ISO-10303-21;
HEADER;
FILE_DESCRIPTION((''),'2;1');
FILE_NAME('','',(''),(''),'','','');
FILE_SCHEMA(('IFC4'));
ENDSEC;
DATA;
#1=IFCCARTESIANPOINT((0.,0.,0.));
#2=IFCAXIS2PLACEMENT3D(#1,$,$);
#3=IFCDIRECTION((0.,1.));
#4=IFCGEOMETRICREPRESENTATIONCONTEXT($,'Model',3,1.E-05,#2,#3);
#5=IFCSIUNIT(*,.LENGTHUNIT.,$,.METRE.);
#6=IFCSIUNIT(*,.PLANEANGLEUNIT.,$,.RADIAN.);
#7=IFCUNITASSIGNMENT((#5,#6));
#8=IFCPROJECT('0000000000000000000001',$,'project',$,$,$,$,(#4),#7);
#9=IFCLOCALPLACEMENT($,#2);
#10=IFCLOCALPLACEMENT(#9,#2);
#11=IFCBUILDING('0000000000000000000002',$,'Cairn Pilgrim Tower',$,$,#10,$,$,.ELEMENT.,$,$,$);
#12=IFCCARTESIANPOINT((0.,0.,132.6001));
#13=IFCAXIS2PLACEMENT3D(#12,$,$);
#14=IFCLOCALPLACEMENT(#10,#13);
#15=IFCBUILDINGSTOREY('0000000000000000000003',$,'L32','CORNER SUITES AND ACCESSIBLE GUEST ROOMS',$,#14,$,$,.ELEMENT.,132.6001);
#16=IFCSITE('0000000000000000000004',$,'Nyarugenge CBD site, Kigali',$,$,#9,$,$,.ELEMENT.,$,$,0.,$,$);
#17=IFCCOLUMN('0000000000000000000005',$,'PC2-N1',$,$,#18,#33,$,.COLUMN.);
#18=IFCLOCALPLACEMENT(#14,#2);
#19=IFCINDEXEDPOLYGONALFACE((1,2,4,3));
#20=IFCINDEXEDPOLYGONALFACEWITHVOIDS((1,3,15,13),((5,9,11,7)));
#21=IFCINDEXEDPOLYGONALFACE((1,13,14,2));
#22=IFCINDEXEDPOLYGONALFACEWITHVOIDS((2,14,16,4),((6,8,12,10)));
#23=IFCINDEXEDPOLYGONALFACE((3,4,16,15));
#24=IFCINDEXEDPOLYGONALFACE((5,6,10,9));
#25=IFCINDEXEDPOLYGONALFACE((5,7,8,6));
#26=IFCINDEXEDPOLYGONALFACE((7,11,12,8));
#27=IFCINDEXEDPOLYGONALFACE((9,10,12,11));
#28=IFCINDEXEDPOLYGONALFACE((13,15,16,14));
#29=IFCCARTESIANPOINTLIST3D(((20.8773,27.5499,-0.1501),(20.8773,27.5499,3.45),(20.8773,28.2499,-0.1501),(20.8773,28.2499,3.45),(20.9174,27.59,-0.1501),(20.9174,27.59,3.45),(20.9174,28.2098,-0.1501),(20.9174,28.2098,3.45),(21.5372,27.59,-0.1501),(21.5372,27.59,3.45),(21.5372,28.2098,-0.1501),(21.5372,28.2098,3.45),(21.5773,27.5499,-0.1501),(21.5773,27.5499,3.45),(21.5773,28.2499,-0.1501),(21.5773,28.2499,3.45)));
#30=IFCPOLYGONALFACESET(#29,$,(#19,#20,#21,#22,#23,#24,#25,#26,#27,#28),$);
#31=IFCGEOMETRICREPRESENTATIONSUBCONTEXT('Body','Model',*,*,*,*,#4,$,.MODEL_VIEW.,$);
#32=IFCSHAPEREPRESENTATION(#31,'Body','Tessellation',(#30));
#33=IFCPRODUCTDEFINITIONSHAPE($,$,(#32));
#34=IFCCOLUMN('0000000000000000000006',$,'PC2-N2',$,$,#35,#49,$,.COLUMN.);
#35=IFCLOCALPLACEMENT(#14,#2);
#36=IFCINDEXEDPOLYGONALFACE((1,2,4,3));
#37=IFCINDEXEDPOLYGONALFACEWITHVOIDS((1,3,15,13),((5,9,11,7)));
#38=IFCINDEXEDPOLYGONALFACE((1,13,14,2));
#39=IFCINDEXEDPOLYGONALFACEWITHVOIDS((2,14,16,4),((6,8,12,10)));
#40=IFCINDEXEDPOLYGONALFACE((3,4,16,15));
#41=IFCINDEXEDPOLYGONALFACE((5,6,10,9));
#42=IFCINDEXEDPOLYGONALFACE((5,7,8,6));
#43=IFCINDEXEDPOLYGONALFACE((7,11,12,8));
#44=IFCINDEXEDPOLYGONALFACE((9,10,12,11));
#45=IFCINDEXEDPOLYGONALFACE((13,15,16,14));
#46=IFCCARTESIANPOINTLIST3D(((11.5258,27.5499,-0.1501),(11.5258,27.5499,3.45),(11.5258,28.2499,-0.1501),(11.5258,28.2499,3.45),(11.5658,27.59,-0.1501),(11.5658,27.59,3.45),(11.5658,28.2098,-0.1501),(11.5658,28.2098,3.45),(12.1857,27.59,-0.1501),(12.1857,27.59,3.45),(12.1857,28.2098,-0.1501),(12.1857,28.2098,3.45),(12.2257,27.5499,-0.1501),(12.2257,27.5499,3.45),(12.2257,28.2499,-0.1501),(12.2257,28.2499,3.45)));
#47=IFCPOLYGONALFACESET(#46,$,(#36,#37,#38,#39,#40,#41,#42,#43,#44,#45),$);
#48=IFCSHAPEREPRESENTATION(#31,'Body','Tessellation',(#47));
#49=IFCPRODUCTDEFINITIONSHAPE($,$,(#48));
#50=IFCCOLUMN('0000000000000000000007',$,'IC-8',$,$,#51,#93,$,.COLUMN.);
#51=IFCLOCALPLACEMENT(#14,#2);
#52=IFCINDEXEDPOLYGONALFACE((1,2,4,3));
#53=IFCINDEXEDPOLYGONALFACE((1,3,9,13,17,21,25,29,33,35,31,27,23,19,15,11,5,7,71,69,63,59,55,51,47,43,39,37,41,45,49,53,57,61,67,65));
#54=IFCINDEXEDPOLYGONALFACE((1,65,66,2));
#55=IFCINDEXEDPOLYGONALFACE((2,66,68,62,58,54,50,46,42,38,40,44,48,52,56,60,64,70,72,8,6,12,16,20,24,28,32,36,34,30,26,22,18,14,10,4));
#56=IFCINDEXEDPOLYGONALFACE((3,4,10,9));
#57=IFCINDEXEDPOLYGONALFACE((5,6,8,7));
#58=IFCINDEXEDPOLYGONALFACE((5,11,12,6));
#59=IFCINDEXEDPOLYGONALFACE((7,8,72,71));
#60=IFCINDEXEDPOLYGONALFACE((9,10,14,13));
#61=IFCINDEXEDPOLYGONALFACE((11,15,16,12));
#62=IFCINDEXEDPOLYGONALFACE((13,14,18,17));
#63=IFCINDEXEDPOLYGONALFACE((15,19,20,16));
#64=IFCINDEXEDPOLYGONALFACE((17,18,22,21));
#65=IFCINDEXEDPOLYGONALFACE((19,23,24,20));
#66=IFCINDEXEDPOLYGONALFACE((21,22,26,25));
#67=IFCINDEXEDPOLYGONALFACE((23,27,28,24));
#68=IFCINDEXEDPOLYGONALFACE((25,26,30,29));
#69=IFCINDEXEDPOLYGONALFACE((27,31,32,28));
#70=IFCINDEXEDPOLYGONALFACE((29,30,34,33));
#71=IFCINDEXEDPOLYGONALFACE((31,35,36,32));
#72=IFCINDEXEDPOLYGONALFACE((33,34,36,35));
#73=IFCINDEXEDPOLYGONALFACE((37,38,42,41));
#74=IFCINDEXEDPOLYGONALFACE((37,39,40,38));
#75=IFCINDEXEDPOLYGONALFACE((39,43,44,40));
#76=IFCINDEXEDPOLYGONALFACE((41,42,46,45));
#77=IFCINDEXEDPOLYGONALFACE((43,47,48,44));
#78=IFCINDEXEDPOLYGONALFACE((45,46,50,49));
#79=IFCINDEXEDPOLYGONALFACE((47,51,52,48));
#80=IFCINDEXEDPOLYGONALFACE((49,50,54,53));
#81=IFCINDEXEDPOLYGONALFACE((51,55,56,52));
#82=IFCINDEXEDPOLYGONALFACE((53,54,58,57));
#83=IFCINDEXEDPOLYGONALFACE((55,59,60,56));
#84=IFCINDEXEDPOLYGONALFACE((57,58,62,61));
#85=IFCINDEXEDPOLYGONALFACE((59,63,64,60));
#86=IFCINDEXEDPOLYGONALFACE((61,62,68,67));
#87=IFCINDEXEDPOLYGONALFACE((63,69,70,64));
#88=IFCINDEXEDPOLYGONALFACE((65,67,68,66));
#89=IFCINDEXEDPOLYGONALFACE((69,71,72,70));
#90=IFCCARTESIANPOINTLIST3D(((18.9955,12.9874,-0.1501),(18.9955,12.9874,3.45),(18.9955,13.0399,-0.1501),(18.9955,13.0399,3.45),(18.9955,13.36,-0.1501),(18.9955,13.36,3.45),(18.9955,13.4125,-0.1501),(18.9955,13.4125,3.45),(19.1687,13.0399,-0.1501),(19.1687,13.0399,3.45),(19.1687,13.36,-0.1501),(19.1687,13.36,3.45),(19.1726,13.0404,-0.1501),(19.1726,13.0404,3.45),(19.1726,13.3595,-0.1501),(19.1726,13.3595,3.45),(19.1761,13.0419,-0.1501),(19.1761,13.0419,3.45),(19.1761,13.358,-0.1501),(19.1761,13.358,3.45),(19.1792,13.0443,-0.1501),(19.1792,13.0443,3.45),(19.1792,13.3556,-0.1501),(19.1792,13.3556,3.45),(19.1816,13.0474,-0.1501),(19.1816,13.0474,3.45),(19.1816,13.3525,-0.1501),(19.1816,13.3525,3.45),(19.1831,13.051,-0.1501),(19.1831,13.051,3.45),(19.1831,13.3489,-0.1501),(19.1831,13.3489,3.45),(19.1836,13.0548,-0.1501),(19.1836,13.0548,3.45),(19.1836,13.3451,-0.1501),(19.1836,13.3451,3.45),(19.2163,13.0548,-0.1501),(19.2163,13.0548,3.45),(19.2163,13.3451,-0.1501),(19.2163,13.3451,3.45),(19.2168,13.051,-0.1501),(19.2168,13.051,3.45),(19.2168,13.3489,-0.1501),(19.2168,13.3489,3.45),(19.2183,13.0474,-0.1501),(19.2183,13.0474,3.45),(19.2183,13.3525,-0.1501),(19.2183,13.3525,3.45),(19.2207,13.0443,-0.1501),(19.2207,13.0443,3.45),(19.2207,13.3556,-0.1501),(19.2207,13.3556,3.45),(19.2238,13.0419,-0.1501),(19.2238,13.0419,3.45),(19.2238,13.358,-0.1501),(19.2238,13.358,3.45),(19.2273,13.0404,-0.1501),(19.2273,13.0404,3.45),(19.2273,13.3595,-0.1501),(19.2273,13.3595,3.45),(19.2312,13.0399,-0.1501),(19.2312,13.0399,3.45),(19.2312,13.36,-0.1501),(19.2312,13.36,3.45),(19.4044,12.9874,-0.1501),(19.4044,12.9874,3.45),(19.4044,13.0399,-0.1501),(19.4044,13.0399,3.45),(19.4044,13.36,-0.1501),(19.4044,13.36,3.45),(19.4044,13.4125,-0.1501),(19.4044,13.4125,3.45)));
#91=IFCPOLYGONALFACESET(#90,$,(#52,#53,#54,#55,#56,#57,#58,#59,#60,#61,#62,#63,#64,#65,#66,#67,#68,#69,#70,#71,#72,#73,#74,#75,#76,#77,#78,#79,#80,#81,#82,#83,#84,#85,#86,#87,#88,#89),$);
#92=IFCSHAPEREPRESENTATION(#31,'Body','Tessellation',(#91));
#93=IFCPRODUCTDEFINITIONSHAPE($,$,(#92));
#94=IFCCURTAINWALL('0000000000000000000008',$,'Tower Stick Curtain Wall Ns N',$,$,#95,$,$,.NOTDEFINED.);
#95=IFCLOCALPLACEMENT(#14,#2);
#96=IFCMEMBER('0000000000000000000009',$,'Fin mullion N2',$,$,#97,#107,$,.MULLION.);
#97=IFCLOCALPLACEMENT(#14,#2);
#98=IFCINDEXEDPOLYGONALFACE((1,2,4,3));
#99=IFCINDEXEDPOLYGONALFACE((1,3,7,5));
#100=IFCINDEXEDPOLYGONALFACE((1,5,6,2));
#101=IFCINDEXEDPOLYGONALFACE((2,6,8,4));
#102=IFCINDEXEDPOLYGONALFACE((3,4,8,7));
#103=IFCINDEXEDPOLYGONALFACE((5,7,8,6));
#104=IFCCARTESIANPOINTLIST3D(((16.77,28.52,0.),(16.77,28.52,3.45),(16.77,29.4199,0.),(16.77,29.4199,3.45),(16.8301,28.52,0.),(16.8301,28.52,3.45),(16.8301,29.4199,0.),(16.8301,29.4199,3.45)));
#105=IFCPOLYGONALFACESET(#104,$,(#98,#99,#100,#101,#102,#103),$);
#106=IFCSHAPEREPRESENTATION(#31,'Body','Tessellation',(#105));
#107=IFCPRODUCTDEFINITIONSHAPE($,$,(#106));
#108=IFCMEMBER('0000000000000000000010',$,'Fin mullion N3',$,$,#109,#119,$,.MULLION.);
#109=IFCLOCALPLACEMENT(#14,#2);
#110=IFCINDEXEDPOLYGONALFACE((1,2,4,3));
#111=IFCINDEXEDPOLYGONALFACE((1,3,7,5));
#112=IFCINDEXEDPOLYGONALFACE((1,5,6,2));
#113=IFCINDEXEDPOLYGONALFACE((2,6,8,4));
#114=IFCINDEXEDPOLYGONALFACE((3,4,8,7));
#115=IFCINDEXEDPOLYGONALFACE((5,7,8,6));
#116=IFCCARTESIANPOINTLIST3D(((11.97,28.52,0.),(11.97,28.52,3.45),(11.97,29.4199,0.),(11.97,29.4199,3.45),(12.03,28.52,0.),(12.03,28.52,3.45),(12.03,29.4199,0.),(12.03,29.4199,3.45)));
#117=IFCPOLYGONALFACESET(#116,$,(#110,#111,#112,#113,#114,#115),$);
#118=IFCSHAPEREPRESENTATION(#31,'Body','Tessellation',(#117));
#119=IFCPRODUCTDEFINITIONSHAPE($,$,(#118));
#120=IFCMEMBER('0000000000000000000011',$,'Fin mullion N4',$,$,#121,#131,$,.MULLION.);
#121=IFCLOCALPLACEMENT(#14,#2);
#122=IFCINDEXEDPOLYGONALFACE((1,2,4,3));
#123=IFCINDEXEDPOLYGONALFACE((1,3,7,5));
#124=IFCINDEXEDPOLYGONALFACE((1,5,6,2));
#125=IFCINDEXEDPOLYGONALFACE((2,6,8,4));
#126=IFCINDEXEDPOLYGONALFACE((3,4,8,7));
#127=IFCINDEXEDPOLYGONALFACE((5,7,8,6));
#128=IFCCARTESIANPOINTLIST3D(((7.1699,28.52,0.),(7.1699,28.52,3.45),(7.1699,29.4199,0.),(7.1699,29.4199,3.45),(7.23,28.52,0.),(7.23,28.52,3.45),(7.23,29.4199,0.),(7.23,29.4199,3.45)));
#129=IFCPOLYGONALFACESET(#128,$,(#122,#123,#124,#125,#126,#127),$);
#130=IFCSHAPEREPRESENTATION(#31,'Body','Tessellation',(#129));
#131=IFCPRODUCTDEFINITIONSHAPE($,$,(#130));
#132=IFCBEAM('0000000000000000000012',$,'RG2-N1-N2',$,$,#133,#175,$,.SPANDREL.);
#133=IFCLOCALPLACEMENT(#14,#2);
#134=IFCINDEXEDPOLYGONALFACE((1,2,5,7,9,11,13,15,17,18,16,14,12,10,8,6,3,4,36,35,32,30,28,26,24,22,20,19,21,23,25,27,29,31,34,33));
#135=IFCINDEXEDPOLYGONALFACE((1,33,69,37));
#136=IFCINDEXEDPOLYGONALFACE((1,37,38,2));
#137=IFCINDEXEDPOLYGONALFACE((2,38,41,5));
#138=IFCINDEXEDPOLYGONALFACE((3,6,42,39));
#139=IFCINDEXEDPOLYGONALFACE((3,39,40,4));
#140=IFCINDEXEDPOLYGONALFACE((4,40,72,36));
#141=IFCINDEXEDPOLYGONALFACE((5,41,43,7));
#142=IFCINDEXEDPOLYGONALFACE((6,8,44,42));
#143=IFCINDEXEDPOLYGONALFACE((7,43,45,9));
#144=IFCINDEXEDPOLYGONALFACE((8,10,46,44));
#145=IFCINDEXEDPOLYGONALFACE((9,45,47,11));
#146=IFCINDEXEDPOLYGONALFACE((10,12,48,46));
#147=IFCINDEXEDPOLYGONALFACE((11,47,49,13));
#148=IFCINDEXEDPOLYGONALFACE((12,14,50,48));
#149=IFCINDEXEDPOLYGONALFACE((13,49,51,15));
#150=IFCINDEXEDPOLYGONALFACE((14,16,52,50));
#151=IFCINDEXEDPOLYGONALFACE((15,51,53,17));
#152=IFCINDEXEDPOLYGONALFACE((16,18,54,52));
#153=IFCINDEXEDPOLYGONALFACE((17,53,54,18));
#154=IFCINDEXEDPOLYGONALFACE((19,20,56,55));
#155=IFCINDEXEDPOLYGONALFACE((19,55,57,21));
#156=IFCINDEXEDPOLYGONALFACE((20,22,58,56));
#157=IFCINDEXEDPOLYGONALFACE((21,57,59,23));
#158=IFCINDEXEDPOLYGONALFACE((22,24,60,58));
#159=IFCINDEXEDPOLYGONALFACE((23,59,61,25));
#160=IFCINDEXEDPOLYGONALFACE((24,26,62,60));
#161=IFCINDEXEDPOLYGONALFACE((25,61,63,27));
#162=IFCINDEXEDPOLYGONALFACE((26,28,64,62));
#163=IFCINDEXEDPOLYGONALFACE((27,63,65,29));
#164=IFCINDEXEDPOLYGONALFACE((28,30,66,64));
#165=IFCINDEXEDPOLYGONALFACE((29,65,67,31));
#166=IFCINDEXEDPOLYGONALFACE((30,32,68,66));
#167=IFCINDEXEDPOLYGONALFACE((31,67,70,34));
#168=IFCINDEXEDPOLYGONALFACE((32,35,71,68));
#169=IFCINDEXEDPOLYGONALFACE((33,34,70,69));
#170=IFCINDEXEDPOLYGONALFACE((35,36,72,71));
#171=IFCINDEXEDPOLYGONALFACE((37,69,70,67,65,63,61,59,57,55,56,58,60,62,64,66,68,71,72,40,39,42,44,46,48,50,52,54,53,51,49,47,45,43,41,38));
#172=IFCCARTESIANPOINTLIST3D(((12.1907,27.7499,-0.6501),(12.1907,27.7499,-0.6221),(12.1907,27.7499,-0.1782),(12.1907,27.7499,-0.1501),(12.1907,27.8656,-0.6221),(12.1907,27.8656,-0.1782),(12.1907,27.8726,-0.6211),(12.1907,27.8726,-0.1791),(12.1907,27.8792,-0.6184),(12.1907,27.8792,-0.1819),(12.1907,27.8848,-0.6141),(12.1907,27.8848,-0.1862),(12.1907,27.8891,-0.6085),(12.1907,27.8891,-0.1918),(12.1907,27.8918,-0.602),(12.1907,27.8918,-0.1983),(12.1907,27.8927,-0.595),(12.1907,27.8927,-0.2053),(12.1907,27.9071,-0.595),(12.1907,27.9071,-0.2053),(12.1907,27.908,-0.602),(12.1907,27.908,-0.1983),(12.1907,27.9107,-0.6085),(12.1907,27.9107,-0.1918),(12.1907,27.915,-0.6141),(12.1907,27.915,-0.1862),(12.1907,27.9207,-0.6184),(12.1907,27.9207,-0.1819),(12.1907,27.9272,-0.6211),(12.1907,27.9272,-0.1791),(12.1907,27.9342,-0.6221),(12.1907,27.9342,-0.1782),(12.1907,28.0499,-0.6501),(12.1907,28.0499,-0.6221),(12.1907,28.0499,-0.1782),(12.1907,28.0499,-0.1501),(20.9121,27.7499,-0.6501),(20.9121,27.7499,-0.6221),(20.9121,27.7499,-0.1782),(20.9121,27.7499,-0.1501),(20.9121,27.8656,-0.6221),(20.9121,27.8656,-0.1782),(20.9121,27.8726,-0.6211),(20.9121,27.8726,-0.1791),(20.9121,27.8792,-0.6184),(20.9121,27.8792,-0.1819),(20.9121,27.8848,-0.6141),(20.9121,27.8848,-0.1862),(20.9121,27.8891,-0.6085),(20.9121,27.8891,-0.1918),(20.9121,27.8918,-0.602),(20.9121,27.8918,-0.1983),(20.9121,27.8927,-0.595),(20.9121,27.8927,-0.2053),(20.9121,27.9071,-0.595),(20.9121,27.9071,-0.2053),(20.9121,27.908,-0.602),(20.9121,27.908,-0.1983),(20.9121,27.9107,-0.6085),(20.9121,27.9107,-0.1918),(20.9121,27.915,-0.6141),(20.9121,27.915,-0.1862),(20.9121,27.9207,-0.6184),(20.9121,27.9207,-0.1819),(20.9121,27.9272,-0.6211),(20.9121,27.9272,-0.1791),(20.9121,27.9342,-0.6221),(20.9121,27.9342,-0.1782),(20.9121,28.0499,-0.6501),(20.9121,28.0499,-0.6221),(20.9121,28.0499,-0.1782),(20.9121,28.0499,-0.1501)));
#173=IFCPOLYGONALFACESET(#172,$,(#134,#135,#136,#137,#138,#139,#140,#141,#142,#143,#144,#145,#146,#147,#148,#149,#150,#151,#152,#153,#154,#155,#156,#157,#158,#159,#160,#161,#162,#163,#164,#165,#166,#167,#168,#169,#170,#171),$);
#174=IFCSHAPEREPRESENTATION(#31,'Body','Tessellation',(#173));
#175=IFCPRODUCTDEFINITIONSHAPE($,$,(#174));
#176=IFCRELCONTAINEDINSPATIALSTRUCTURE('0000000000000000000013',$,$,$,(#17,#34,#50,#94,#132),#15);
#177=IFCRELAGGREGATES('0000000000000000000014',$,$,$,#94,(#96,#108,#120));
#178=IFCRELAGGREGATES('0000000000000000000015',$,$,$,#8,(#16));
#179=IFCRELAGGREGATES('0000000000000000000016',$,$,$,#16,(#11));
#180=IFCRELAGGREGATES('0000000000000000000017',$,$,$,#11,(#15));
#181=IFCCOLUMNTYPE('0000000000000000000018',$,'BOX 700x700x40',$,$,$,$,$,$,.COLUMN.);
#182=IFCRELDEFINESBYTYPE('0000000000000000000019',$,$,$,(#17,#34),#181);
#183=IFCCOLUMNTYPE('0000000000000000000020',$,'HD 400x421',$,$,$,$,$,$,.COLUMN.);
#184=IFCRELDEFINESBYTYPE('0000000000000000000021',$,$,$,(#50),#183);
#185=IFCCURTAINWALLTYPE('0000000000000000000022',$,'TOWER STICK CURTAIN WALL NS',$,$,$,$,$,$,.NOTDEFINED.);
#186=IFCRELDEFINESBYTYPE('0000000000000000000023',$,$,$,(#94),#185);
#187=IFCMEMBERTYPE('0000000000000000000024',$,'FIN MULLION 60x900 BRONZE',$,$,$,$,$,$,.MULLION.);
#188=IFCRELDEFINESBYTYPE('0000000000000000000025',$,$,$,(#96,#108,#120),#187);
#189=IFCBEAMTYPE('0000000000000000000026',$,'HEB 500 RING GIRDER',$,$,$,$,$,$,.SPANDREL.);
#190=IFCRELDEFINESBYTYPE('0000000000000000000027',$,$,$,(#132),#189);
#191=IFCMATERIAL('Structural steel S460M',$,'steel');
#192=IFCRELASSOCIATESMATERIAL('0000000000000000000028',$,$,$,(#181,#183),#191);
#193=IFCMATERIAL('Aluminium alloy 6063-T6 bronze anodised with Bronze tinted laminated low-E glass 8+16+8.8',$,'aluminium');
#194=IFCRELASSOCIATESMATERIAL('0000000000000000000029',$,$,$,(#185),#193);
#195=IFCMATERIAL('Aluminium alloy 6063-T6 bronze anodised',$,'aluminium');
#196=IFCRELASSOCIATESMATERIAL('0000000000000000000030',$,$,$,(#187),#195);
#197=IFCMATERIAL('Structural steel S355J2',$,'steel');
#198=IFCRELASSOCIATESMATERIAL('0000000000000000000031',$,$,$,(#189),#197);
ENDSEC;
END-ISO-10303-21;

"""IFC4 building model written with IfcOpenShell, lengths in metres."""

from ifc_helpers import new_model, si_unit, direction, frame, origin, origin_2d, place, context, subcontext, project, spatial, rectangle, hollow_rectangle, i_section, extrude, material, material_profile, profile_set, type_object, element, aggregate, save


model = new_model("IFC4")

# Units and contexts
model_context = context("Model", 3, precision=1e-05, world=origin(), true_north=direction((0.0, 1.0)))
body_context = subcontext(model_context, "Body", "Model", "MODEL_VIEW")
ifc_project = project(units=[si_unit("LENGTHUNIT", "METRE"), si_unit("PLANEANGLEUNIT", "RADIAN")], contexts=[model_context])

# Site, building, storey
site_placement = place(None, origin())
site = spatial("IfcSite", under=ifc_project, at=site_placement, Name="Nyarugenge CBD site, Kigali", CompositionType="ELEMENT", RefElevation=0.0)
building_placement = place(site_placement, origin())
building = spatial("IfcBuilding", under=site, at=building_placement, Name="Cairn Pilgrim Tower", CompositionType="ELEMENT")
storey_placement = place(building_placement, frame((0.0, 0.0, 132.6001)))
storey = spatial("IfcBuildingStorey", under=building, at=storey_placement, Name="L32", Description="CORNER SUITES AND ACCESSIBLE GUEST ROOMS", CompositionType="ELEMENT", Elevation=132.6001)

# Columns
ifc_material_1 = material(Name="Structural steel S460M", Category="steel")
ifc_material_profile_1 = material_profile(ifc_material_1, hollow_rectangle(XDim=0.7, YDim=0.7, WallThickness=0.04, at=origin_2d()), Name="BOX 700x700x40")
ifc_profile_set_1 = profile_set([ifc_material_profile_1], Name="Structural steel S460M")
column_type_1 = type_object("IfcColumnType", Name="BOX 700x700x40", PredefinedType="COLUMN", material=ifc_profile_set_1)
for number, where, z_axis, x_axis, name in (
    (1, (21.2273, 27.8999, -0.1501), (0.0, 0.0, 1.0), (1.0, 0.0, 0.0), "PC2-N1"),
    (2, (11.8757, 27.8999, -0.1501), (0.0, 0.0, 1.0), (1.0, 0.0, 0.0), "PC2-N2"),
):
    element("IfcColumn", number, at=place(storey_placement, frame(where, z_axis=z_axis, x_axis=x_axis)), inside=storey, type_object=column_type_1, Name=name, PredefinedType="COLUMN", context=body_context, shape_type="SweptSolid", body=[
        extrude(hollow_rectangle(XDim=0.7, YDim=0.7, WallThickness=0.04, at=origin_2d()), origin(), (0.0, 0.0, 1.0), 3.6001),
    ])
ifc_material_profile_2 = material_profile(ifc_material_1, i_section(OverallWidth=0.4089, OverallDepth=0.425, WebThickness=0.0327, FlangeThickness=0.0525, FilletRadius=0.0149, at=origin_2d()), Name="HD 400x421")
ifc_profile_set_2 = profile_set([ifc_material_profile_2], Name="Structural steel S460M")
column_type_2 = type_object("IfcColumnType", Name="HD 400x421", PredefinedType="COLUMN", material=ifc_profile_set_2)
column_placement = place(storey_placement, frame((19.2, 13.2, -0.1501), z_axis=(0.0, 0.0, 1.0), x_axis=(1.0, 0.0, 0.0)))
element("IfcColumn", 3, at=column_placement, inside=storey, type_object=column_type_2, Name="IC-8", PredefinedType="COLUMN", context=body_context, shape_type="SweptSolid", body=[
    extrude(i_section(OverallWidth=0.4089, OverallDepth=0.425, WebThickness=0.0327, FlangeThickness=0.0525, FilletRadius=0.0149, at=origin_2d()), origin(), (0.0, 0.0, 1.0), 3.6001),
])

# Curtain wall, members
ifc_material_2 = material(Name="Aluminium alloy 6063-T6 bronze anodised with Bronze tinted laminated low-E glass 8+16+8.8", Category="aluminium")
curtain_wall_type = type_object("IfcCurtainWallType", Name="TOWER STICK CURTAIN WALL NS", PredefinedType="NOTDEFINED", material=ifc_material_2)
curtain_wall_placement = place(storey_placement, origin())
curtain_wall = element("IfcCurtainWall", 4, at=curtain_wall_placement, inside=storey, type_object=curtain_wall_type, Name="Tower Stick Curtain Wall Ns N", PredefinedType="NOTDEFINED")
ifc_material_3 = material(Name="Aluminium alloy 6063-T6 bronze anodised", Category="aluminium")
ifc_material_profile_3 = material_profile(ifc_material_3, rectangle(XDim=0.8999, YDim=0.0601, at=origin_2d()), Name="FIN MULLION 60x900 BRONZE")
ifc_profile_set_3 = profile_set([ifc_material_profile_3], Name="Aluminium alloy 6063-T6 bronze anodised")
member_type_1 = type_object("IfcMemberType", Name="FIN MULLION 60x900 BRONZE", PredefinedType="MULLION", material=ifc_profile_set_3)
member_1_placement = place(storey_placement, frame((16.8, 28.97, 0.0), z_axis=(0.0, 0.0, 1.0), x_axis=(0.0, 1.0, 0.0)))
member_1 = element("IfcMember", 5, at=member_1_placement, type_object=member_type_1, Name="Fin mullion N2", PredefinedType="MULLION", context=body_context, shape_type="SweptSolid", body=[
    extrude(rectangle(XDim=0.8999, YDim=0.0601, at=origin_2d()), origin(), (0.0, 0.0, 1.0), 3.45),
])
member_2_placement = place(storey_placement, frame((12.0, 28.97, 0.0), z_axis=(0.0, 0.0, 1.0), x_axis=(0.0, 1.0, 0.0)))
member_2 = element("IfcMember", 6, at=member_2_placement, type_object=member_type_1, Name="Fin mullion N3", PredefinedType="MULLION", context=body_context, shape_type="SweptSolid", body=[
    extrude(rectangle(XDim=0.8999, YDim=0.0601, at=origin_2d()), origin(), (0.0, 0.0, 1.0), 3.45),
])
member_3_placement = place(storey_placement, frame((7.2, 28.97, 0.0), z_axis=(0.0, 0.0, 1.0), x_axis=(0.0, 1.0, 0.0)))
member_3 = element("IfcMember", 7, at=member_3_placement, type_object=member_type_1, Name="Fin mullion N4", PredefinedType="MULLION", context=body_context, shape_type="SweptSolid", body=[
    extrude(rectangle(XDim=0.8999, YDim=0.0601, at=origin_2d()), origin(), (0.0, 0.0, 1.0), 3.45),
])

# Beam
ifc_material_4 = material(Name="Structural steel S355J2", Category="steel")
ifc_material_profile_4 = material_profile(ifc_material_4, i_section(OverallWidth=0.3, OverallDepth=0.5, WebThickness=0.0144, FlangeThickness=0.0281, FilletRadius=0.0271, at=origin_2d()), Name="HEB 500")
ifc_profile_set_4 = profile_set([ifc_material_profile_4], Name="Structural steel S355J2")
beam_type_1 = type_object("IfcBeamType", Name="HEB 500 RING GIRDER", PredefinedType="SPANDREL", material=ifc_profile_set_4)
for number, where, z_axis, x_axis, name in (
    (8, (20.9121, 27.8999, -0.4001), (-1.0, 0.0, 0.0), (0.0, -1.0, 0.0), "RG2-N1-N2"),
):
    element("IfcBeam", number, at=place(storey_placement, frame(where, z_axis=z_axis, x_axis=x_axis)), inside=storey, type_object=beam_type_1, Name=name, PredefinedType="SPANDREL", context=body_context, shape_type="SweptSolid", body=[
        extrude(i_section(OverallWidth=0.3, OverallDepth=0.5, WebThickness=0.0144, FlangeThickness=0.0281, FilletRadius=0.0271, at=origin_2d()), origin(), (0.0, 0.0, 1.0), 8.7214),
    ])

aggregate(curtain_wall, [member_1, member_2, member_3])

save(model, "model.ifc")
